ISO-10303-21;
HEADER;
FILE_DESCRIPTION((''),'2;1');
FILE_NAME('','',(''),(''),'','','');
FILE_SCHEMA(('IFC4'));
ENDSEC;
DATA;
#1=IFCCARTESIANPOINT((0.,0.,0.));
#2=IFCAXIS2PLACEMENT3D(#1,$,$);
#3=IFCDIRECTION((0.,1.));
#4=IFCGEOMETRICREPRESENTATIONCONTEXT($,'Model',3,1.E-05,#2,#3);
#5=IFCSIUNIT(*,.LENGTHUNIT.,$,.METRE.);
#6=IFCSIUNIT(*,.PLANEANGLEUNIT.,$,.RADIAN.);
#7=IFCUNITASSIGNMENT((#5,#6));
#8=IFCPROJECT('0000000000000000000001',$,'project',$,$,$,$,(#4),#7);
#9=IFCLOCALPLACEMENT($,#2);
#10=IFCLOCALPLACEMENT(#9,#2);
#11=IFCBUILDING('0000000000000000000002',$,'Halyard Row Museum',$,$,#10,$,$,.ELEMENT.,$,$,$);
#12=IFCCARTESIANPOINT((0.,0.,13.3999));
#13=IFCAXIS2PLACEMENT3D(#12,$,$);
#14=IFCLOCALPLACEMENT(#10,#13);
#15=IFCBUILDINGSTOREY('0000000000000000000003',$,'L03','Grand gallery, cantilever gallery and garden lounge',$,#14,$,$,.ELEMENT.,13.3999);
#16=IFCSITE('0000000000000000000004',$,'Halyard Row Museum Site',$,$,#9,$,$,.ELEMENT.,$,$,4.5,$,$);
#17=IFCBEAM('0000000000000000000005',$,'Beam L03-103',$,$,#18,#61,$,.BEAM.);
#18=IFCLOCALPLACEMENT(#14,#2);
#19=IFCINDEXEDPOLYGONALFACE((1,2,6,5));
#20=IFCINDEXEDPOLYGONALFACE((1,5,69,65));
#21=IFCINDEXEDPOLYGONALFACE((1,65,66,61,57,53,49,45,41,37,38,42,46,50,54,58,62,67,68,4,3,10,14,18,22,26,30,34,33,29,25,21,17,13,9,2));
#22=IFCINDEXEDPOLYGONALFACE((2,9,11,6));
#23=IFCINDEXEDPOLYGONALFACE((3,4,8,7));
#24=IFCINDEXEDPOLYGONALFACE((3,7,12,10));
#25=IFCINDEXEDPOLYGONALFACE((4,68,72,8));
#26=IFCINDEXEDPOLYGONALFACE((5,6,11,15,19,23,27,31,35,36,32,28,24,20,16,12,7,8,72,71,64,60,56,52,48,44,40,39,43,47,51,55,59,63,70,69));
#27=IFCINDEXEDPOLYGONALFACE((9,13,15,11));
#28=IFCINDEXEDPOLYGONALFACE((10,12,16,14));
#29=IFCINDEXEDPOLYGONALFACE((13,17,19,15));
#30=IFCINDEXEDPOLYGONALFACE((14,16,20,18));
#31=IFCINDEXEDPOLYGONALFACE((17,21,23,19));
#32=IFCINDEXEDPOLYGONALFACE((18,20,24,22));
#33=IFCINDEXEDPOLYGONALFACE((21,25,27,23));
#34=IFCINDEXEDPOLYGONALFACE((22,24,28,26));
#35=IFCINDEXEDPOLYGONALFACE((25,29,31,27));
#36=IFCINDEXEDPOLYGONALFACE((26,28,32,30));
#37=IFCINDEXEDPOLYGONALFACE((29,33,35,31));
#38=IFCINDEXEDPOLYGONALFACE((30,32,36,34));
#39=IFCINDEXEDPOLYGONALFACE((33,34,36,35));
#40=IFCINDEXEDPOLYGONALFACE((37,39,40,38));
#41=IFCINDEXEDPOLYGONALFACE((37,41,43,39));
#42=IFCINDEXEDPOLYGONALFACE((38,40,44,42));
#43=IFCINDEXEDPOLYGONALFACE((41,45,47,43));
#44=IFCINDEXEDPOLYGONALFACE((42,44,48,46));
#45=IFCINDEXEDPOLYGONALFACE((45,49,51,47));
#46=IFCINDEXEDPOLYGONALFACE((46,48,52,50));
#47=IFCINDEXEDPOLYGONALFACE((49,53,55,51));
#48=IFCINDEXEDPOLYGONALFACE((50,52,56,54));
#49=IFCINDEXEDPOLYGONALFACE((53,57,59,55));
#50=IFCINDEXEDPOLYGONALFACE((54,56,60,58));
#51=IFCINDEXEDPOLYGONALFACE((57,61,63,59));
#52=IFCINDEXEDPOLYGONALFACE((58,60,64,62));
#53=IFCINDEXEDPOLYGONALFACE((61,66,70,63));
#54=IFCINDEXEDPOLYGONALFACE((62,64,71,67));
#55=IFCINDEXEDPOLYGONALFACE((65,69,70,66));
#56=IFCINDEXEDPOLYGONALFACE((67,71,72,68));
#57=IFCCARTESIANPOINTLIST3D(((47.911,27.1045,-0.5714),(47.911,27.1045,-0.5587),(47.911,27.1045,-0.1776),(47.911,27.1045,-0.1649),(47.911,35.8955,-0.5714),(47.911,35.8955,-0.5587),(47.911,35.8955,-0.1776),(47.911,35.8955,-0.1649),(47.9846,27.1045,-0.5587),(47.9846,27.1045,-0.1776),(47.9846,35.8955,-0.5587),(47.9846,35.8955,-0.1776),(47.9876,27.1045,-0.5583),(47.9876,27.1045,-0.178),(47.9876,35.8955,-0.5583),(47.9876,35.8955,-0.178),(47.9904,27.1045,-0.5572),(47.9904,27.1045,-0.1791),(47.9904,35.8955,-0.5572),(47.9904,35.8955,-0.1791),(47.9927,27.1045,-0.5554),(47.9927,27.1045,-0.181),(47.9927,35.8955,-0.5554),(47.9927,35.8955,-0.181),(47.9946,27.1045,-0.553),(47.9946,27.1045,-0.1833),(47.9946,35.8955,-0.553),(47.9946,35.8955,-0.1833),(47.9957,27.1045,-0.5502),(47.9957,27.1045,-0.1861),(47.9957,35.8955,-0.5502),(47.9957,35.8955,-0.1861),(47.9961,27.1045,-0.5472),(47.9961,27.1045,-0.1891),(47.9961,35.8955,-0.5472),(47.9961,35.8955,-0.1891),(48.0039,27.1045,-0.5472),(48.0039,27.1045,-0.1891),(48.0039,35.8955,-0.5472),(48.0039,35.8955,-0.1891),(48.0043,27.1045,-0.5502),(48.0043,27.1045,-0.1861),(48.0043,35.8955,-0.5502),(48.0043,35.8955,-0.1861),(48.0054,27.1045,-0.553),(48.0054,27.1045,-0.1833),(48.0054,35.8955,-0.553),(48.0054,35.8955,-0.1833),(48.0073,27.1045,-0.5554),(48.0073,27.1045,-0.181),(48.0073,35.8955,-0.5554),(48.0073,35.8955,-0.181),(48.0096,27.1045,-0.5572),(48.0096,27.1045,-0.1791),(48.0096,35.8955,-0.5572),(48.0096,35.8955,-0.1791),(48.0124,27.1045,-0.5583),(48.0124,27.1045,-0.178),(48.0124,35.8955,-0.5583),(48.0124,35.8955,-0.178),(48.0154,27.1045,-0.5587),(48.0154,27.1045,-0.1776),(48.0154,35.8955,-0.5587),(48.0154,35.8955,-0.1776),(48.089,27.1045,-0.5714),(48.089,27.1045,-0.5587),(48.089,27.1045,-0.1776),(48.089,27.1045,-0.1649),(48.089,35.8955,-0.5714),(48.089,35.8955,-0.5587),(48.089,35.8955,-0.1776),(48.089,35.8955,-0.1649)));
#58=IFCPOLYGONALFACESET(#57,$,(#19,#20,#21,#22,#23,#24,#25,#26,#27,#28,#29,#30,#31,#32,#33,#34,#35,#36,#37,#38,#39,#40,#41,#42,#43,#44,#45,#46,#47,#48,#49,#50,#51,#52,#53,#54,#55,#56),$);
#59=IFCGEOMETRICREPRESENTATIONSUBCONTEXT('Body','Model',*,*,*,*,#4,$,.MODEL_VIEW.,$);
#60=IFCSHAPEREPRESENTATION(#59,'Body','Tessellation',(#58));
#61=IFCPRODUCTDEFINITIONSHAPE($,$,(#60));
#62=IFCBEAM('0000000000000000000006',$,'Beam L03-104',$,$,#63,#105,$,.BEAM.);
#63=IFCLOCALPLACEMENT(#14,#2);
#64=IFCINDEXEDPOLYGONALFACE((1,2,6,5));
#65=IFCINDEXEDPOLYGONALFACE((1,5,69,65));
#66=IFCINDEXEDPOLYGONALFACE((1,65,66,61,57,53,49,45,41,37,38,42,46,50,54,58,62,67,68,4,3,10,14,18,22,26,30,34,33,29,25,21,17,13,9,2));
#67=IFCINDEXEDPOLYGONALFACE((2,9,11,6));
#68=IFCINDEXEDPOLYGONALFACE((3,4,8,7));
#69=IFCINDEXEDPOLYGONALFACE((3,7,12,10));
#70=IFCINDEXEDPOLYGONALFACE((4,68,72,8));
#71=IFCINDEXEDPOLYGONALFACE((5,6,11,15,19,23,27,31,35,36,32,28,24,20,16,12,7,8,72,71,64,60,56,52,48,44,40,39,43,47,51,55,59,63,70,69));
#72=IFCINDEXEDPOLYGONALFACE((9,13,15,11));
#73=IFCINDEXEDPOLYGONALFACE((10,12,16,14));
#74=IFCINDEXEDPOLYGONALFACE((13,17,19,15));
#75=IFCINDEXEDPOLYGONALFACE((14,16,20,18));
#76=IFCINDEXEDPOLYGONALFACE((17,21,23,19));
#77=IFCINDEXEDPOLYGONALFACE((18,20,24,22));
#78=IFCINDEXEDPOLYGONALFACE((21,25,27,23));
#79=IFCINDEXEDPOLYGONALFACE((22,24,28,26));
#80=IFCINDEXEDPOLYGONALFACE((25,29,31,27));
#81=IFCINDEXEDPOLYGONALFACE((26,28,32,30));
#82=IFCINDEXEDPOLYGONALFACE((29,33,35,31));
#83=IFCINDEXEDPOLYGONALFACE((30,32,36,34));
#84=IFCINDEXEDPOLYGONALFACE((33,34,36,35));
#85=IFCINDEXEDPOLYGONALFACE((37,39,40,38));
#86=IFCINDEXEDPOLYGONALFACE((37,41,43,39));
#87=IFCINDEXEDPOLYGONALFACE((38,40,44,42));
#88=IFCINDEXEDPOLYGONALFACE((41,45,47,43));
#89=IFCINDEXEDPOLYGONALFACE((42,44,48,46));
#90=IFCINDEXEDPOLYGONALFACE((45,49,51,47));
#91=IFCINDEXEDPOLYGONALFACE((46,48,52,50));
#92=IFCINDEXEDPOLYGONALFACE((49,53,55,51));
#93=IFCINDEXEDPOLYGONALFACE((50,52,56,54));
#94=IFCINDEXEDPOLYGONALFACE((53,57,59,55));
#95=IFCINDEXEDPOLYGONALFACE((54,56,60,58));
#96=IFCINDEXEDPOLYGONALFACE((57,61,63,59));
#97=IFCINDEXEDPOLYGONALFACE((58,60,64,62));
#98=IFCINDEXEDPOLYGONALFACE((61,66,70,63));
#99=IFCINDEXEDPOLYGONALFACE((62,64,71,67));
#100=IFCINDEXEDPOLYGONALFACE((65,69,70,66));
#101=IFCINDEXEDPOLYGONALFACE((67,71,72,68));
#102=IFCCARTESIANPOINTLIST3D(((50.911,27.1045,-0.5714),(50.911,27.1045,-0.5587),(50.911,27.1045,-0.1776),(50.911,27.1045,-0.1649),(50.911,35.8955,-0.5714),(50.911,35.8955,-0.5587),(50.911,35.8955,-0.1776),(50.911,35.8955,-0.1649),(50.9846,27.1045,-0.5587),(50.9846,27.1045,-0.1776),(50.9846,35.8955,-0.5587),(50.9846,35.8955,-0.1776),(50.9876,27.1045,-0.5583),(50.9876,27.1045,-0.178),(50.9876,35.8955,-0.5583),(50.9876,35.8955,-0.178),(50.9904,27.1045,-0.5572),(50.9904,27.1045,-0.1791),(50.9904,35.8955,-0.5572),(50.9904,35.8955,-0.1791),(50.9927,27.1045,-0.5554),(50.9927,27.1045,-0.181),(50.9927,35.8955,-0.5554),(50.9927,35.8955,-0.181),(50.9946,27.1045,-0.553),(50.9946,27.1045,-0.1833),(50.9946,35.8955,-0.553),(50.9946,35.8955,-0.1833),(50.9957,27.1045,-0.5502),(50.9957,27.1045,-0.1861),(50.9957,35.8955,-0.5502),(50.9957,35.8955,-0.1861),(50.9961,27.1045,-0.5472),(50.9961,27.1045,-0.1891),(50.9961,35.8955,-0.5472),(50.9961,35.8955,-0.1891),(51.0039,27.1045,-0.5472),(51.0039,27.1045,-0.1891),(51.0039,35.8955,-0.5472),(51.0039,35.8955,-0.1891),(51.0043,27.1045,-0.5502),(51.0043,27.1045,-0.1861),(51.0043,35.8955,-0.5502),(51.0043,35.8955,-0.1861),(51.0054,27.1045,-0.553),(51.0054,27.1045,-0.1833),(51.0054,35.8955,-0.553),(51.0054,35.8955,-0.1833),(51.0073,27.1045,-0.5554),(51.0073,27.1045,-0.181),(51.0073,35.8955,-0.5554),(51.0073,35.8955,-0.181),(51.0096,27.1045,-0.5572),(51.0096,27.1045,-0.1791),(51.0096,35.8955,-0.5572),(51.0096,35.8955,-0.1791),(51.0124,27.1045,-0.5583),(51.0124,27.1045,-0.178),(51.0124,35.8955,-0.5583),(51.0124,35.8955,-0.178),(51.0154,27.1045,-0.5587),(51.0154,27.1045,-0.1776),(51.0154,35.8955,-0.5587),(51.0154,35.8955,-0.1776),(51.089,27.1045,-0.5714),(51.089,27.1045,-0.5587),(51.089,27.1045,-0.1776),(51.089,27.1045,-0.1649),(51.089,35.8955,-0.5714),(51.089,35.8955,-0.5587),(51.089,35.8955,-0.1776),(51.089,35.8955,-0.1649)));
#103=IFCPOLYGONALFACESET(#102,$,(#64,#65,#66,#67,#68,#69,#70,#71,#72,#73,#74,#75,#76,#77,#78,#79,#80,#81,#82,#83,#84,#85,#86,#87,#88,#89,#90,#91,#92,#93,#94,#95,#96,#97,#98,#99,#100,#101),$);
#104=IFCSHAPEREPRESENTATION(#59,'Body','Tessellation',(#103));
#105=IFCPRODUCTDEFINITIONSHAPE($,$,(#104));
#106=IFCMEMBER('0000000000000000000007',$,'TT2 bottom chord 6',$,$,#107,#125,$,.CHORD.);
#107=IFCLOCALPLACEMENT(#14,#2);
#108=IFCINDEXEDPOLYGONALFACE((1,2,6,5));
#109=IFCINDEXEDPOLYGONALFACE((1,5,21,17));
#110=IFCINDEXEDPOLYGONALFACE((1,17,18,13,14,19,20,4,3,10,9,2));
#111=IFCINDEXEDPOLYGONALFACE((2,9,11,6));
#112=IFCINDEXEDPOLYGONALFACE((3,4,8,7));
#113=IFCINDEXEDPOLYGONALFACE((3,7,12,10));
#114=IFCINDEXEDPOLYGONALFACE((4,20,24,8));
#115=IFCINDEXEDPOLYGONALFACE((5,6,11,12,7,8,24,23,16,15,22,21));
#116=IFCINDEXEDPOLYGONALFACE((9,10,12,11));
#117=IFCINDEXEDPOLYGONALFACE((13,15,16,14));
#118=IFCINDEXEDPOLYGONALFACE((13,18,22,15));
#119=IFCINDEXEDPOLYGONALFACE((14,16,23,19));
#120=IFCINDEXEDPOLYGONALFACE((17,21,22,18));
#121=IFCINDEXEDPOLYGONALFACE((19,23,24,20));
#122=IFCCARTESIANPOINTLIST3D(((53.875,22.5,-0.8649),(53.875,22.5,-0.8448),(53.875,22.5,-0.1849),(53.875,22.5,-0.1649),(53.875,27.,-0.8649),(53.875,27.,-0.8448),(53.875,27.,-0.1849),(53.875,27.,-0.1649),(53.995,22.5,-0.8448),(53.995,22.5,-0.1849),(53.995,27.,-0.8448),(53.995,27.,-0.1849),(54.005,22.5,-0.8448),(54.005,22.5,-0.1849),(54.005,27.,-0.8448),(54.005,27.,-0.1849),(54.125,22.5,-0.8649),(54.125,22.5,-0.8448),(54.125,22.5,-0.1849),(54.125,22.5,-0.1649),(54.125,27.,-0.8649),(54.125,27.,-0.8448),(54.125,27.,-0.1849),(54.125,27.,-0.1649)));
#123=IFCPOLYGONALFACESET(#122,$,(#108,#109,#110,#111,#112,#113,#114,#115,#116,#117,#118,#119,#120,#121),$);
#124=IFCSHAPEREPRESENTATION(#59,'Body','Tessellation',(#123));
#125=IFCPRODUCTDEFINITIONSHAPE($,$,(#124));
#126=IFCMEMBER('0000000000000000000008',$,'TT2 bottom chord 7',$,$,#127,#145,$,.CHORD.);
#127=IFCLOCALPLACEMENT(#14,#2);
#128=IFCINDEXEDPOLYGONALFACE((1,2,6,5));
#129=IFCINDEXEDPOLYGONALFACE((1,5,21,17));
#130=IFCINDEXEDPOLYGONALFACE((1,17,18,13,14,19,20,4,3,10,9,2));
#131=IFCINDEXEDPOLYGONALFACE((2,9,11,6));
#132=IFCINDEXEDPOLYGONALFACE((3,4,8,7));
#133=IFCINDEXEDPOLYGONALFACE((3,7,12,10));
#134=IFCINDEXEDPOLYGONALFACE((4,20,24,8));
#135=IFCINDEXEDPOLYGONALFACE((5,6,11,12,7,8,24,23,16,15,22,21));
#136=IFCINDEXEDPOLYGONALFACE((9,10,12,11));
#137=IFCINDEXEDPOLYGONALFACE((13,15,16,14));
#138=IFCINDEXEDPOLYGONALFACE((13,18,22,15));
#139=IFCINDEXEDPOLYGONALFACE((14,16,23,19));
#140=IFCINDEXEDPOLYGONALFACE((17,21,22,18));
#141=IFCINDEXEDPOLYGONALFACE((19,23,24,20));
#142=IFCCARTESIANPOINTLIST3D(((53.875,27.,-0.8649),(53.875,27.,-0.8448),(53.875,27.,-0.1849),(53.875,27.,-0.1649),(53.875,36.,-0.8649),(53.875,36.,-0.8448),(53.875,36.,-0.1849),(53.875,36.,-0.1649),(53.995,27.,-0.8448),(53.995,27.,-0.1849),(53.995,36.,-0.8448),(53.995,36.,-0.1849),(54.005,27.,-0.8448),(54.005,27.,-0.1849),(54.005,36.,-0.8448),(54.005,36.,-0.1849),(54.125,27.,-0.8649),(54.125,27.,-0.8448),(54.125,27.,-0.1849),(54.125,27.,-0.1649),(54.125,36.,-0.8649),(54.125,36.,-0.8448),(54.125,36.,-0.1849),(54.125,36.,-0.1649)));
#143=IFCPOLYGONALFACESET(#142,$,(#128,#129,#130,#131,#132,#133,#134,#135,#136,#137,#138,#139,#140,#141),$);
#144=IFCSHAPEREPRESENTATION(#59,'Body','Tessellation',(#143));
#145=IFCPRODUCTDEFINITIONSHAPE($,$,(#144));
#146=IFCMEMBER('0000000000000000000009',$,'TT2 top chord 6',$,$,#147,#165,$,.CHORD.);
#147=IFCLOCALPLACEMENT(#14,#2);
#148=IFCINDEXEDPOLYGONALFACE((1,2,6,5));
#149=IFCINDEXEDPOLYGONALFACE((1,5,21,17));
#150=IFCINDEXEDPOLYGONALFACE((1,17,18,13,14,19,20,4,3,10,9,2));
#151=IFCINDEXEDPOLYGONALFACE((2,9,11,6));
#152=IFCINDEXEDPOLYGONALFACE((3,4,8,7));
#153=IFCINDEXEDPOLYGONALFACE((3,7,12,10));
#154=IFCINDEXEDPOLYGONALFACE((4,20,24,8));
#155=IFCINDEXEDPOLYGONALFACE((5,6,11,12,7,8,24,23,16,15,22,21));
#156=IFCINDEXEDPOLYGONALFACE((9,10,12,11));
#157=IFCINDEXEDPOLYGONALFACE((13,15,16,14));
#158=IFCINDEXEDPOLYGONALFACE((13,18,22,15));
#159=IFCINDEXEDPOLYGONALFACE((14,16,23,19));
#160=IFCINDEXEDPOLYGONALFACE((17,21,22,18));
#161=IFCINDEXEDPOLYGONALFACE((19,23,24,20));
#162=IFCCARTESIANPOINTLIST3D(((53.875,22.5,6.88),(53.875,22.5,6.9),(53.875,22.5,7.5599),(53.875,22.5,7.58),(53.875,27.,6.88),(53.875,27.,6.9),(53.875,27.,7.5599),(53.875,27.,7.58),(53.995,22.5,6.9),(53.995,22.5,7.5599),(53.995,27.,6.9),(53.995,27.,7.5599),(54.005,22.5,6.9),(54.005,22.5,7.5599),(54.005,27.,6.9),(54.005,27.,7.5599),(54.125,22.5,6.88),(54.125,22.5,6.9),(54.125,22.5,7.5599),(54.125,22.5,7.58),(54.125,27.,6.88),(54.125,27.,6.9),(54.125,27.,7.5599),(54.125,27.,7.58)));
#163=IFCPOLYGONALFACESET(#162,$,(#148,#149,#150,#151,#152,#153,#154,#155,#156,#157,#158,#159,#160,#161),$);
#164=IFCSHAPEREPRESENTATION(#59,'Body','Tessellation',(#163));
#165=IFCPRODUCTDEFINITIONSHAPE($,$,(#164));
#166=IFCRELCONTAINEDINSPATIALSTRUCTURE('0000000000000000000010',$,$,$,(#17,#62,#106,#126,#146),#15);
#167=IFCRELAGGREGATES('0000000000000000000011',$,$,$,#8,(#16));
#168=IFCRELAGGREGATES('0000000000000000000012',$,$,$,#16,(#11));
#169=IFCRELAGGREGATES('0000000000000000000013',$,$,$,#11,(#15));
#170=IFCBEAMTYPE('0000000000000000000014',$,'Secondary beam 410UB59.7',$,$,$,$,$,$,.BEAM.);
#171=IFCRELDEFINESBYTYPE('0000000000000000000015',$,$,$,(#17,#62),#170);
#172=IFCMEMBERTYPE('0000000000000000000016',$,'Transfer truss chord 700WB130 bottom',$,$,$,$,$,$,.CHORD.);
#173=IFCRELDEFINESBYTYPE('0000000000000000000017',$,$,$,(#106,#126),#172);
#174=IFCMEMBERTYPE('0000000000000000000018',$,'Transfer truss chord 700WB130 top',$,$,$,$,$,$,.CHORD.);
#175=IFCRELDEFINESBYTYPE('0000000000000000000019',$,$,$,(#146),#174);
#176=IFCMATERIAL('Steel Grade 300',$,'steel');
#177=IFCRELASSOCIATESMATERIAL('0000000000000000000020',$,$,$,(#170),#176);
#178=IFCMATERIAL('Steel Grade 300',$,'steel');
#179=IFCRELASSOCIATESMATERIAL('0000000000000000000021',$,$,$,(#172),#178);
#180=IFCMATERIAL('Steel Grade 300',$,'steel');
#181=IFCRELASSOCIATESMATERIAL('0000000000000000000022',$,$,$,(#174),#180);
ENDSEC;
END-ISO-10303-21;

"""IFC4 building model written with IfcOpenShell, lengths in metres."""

from ifc_helpers import new_model, si_unit, direction, frame, origin, origin_2d, place, context, subcontext, project, spatial, i_section, extrude, material, material_profile, profile_set, type_object, element, save


model = new_model("IFC4")

# Units and contexts
model_context = context("Model", 3, precision=1e-05, world=origin(), true_north=direction((0.0, 1.0)))
body_context = subcontext(model_context, "Body", "Model", "MODEL_VIEW")
ifc_project = project(units=[si_unit("LENGTHUNIT", "METRE"), si_unit("PLANEANGLEUNIT", "RADIAN")], contexts=[model_context])

# Site, building, storey
site_placement = place(None, origin())
site = spatial("IfcSite", under=ifc_project, at=site_placement, Name="Halyard Row Museum Site", CompositionType="ELEMENT", RefElevation=4.5)
building_placement = place(site_placement, origin())
building = spatial("IfcBuilding", under=site, at=building_placement, Name="Halyard Row Museum", CompositionType="ELEMENT")
storey_placement = place(building_placement, frame((0.0, 0.0, 13.3999)))
storey = spatial("IfcBuildingStorey", under=building, at=storey_placement, Name="L03", Description="Grand gallery, cantilever gallery and garden lounge", CompositionType="ELEMENT", Elevation=13.3999)

# Beams
ifc_material_1 = material(Name="Steel Grade 300", Category="steel")
ifc_material_profile_1 = material_profile(ifc_material_1, i_section(OverallWidth=0.178, OverallDepth=0.4065, WebThickness=0.0078, FlangeThickness=0.0127, FilletRadius=0.0115, at=origin_2d()), Name="410UB59.7")
ifc_profile_set_1 = profile_set([ifc_material_profile_1], Name="Steel Grade 300")
beam_type_1 = type_object("IfcBeamType", Name="Secondary beam 410UB59.7", PredefinedType="BEAM", material=ifc_profile_set_1)
for number, where, z_axis, x_axis, name in (
    (1, (48.0, 27.1045, -0.3682), (0.0, 1.0, 0.0), (-1.0, 0.0, 0.0), "Beam L03-103"),
    (2, (51.0, 27.1045, -0.3682), (0.0, 1.0, 0.0), (-1.0, 0.0, 0.0), "Beam L03-104"),
):
    element("IfcBeam", number, at=place(storey_placement, frame(where, z_axis=z_axis, x_axis=x_axis)), inside=storey, type_object=beam_type_1, Name=name, PredefinedType="BEAM", context=body_context, shape_type="SweptSolid", body=[
        extrude(i_section(OverallWidth=0.178, OverallDepth=0.4065, WebThickness=0.0078, FlangeThickness=0.0127, FilletRadius=0.0115, at=origin_2d()), origin(), (0.0, 0.0, 1.0), 8.791),
    ])

# Members
ifc_material_2 = material(Name="Steel Grade 300", Category="steel")
ifc_material_profile_2 = material_profile(ifc_material_2, i_section(OverallWidth=0.25, OverallDepth=0.7, WebThickness=0.01, FlangeThickness=0.02, at=origin_2d()), Name="700WB130")
ifc_profile_set_2 = profile_set([ifc_material_profile_2], Name="Steel Grade 300")
member_type_1 = type_object("IfcMemberType", Name="Transfer truss chord 700WB130 bottom", PredefinedType="CHORD", material=ifc_profile_set_2)
member_1_placement = place(storey_placement, frame((54.0, 22.5, -0.5149), z_axis=(0.0, 1.0, 0.0), x_axis=(-1.0, 0.0, 0.0)))
element("IfcMember", 3, at=member_1_placement, inside=storey, type_object=member_type_1, Name="TT2 bottom chord 6", PredefinedType="CHORD", context=body_context, shape_type="SweptSolid", body=[
    extrude(i_section(OverallWidth=0.25, OverallDepth=0.7, WebThickness=0.01, FlangeThickness=0.02, at=origin_2d()), origin(), (0.0, 0.0, 1.0), 4.5),
])
member_2_placement = place(storey_placement, frame((54.0, 27.0, -0.5149), z_axis=(0.0, 1.0, 0.0), x_axis=(-1.0, 0.0, 0.0)))
element("IfcMember", 4, at=member_2_placement, inside=storey, type_object=member_type_1, Name="TT2 bottom chord 7", PredefinedType="CHORD", context=body_context, shape_type="SweptSolid", body=[
    extrude(i_section(OverallWidth=0.25, OverallDepth=0.7, WebThickness=0.01, FlangeThickness=0.02, at=origin_2d()), origin(), (0.0, 0.0, 1.0), 9.0),
])
ifc_material_3 = material(Name="Steel Grade 300", Category="steel")
ifc_material_profile_3 = material_profile(ifc_material_3, i_section(OverallWidth=0.25, OverallDepth=0.7, WebThickness=0.01, FlangeThickness=0.02, at=origin_2d()), Name="700WB130")
ifc_profile_set_3 = profile_set([ifc_material_profile_3], Name="Steel Grade 300")
member_type_2 = type_object("IfcMemberType", Name="Transfer truss chord 700WB130 top", PredefinedType="CHORD", material=ifc_profile_set_3)
member_3_placement = place(storey_placement, frame((54.0, 22.5, 7.23), z_axis=(0.0, 1.0, 0.0), x_axis=(-1.0, 0.0, 0.0)))
element("IfcMember", 5, at=member_3_placement, inside=storey, type_object=member_type_2, Name="TT2 top chord 6", PredefinedType="CHORD", context=body_context, shape_type="SweptSolid", body=[
    extrude(i_section(OverallWidth=0.25, OverallDepth=0.7, WebThickness=0.01, FlangeThickness=0.02, at=origin_2d()), origin(), (0.0, 0.0, 1.0), 4.5),
])

save(model, "model.ifc")
